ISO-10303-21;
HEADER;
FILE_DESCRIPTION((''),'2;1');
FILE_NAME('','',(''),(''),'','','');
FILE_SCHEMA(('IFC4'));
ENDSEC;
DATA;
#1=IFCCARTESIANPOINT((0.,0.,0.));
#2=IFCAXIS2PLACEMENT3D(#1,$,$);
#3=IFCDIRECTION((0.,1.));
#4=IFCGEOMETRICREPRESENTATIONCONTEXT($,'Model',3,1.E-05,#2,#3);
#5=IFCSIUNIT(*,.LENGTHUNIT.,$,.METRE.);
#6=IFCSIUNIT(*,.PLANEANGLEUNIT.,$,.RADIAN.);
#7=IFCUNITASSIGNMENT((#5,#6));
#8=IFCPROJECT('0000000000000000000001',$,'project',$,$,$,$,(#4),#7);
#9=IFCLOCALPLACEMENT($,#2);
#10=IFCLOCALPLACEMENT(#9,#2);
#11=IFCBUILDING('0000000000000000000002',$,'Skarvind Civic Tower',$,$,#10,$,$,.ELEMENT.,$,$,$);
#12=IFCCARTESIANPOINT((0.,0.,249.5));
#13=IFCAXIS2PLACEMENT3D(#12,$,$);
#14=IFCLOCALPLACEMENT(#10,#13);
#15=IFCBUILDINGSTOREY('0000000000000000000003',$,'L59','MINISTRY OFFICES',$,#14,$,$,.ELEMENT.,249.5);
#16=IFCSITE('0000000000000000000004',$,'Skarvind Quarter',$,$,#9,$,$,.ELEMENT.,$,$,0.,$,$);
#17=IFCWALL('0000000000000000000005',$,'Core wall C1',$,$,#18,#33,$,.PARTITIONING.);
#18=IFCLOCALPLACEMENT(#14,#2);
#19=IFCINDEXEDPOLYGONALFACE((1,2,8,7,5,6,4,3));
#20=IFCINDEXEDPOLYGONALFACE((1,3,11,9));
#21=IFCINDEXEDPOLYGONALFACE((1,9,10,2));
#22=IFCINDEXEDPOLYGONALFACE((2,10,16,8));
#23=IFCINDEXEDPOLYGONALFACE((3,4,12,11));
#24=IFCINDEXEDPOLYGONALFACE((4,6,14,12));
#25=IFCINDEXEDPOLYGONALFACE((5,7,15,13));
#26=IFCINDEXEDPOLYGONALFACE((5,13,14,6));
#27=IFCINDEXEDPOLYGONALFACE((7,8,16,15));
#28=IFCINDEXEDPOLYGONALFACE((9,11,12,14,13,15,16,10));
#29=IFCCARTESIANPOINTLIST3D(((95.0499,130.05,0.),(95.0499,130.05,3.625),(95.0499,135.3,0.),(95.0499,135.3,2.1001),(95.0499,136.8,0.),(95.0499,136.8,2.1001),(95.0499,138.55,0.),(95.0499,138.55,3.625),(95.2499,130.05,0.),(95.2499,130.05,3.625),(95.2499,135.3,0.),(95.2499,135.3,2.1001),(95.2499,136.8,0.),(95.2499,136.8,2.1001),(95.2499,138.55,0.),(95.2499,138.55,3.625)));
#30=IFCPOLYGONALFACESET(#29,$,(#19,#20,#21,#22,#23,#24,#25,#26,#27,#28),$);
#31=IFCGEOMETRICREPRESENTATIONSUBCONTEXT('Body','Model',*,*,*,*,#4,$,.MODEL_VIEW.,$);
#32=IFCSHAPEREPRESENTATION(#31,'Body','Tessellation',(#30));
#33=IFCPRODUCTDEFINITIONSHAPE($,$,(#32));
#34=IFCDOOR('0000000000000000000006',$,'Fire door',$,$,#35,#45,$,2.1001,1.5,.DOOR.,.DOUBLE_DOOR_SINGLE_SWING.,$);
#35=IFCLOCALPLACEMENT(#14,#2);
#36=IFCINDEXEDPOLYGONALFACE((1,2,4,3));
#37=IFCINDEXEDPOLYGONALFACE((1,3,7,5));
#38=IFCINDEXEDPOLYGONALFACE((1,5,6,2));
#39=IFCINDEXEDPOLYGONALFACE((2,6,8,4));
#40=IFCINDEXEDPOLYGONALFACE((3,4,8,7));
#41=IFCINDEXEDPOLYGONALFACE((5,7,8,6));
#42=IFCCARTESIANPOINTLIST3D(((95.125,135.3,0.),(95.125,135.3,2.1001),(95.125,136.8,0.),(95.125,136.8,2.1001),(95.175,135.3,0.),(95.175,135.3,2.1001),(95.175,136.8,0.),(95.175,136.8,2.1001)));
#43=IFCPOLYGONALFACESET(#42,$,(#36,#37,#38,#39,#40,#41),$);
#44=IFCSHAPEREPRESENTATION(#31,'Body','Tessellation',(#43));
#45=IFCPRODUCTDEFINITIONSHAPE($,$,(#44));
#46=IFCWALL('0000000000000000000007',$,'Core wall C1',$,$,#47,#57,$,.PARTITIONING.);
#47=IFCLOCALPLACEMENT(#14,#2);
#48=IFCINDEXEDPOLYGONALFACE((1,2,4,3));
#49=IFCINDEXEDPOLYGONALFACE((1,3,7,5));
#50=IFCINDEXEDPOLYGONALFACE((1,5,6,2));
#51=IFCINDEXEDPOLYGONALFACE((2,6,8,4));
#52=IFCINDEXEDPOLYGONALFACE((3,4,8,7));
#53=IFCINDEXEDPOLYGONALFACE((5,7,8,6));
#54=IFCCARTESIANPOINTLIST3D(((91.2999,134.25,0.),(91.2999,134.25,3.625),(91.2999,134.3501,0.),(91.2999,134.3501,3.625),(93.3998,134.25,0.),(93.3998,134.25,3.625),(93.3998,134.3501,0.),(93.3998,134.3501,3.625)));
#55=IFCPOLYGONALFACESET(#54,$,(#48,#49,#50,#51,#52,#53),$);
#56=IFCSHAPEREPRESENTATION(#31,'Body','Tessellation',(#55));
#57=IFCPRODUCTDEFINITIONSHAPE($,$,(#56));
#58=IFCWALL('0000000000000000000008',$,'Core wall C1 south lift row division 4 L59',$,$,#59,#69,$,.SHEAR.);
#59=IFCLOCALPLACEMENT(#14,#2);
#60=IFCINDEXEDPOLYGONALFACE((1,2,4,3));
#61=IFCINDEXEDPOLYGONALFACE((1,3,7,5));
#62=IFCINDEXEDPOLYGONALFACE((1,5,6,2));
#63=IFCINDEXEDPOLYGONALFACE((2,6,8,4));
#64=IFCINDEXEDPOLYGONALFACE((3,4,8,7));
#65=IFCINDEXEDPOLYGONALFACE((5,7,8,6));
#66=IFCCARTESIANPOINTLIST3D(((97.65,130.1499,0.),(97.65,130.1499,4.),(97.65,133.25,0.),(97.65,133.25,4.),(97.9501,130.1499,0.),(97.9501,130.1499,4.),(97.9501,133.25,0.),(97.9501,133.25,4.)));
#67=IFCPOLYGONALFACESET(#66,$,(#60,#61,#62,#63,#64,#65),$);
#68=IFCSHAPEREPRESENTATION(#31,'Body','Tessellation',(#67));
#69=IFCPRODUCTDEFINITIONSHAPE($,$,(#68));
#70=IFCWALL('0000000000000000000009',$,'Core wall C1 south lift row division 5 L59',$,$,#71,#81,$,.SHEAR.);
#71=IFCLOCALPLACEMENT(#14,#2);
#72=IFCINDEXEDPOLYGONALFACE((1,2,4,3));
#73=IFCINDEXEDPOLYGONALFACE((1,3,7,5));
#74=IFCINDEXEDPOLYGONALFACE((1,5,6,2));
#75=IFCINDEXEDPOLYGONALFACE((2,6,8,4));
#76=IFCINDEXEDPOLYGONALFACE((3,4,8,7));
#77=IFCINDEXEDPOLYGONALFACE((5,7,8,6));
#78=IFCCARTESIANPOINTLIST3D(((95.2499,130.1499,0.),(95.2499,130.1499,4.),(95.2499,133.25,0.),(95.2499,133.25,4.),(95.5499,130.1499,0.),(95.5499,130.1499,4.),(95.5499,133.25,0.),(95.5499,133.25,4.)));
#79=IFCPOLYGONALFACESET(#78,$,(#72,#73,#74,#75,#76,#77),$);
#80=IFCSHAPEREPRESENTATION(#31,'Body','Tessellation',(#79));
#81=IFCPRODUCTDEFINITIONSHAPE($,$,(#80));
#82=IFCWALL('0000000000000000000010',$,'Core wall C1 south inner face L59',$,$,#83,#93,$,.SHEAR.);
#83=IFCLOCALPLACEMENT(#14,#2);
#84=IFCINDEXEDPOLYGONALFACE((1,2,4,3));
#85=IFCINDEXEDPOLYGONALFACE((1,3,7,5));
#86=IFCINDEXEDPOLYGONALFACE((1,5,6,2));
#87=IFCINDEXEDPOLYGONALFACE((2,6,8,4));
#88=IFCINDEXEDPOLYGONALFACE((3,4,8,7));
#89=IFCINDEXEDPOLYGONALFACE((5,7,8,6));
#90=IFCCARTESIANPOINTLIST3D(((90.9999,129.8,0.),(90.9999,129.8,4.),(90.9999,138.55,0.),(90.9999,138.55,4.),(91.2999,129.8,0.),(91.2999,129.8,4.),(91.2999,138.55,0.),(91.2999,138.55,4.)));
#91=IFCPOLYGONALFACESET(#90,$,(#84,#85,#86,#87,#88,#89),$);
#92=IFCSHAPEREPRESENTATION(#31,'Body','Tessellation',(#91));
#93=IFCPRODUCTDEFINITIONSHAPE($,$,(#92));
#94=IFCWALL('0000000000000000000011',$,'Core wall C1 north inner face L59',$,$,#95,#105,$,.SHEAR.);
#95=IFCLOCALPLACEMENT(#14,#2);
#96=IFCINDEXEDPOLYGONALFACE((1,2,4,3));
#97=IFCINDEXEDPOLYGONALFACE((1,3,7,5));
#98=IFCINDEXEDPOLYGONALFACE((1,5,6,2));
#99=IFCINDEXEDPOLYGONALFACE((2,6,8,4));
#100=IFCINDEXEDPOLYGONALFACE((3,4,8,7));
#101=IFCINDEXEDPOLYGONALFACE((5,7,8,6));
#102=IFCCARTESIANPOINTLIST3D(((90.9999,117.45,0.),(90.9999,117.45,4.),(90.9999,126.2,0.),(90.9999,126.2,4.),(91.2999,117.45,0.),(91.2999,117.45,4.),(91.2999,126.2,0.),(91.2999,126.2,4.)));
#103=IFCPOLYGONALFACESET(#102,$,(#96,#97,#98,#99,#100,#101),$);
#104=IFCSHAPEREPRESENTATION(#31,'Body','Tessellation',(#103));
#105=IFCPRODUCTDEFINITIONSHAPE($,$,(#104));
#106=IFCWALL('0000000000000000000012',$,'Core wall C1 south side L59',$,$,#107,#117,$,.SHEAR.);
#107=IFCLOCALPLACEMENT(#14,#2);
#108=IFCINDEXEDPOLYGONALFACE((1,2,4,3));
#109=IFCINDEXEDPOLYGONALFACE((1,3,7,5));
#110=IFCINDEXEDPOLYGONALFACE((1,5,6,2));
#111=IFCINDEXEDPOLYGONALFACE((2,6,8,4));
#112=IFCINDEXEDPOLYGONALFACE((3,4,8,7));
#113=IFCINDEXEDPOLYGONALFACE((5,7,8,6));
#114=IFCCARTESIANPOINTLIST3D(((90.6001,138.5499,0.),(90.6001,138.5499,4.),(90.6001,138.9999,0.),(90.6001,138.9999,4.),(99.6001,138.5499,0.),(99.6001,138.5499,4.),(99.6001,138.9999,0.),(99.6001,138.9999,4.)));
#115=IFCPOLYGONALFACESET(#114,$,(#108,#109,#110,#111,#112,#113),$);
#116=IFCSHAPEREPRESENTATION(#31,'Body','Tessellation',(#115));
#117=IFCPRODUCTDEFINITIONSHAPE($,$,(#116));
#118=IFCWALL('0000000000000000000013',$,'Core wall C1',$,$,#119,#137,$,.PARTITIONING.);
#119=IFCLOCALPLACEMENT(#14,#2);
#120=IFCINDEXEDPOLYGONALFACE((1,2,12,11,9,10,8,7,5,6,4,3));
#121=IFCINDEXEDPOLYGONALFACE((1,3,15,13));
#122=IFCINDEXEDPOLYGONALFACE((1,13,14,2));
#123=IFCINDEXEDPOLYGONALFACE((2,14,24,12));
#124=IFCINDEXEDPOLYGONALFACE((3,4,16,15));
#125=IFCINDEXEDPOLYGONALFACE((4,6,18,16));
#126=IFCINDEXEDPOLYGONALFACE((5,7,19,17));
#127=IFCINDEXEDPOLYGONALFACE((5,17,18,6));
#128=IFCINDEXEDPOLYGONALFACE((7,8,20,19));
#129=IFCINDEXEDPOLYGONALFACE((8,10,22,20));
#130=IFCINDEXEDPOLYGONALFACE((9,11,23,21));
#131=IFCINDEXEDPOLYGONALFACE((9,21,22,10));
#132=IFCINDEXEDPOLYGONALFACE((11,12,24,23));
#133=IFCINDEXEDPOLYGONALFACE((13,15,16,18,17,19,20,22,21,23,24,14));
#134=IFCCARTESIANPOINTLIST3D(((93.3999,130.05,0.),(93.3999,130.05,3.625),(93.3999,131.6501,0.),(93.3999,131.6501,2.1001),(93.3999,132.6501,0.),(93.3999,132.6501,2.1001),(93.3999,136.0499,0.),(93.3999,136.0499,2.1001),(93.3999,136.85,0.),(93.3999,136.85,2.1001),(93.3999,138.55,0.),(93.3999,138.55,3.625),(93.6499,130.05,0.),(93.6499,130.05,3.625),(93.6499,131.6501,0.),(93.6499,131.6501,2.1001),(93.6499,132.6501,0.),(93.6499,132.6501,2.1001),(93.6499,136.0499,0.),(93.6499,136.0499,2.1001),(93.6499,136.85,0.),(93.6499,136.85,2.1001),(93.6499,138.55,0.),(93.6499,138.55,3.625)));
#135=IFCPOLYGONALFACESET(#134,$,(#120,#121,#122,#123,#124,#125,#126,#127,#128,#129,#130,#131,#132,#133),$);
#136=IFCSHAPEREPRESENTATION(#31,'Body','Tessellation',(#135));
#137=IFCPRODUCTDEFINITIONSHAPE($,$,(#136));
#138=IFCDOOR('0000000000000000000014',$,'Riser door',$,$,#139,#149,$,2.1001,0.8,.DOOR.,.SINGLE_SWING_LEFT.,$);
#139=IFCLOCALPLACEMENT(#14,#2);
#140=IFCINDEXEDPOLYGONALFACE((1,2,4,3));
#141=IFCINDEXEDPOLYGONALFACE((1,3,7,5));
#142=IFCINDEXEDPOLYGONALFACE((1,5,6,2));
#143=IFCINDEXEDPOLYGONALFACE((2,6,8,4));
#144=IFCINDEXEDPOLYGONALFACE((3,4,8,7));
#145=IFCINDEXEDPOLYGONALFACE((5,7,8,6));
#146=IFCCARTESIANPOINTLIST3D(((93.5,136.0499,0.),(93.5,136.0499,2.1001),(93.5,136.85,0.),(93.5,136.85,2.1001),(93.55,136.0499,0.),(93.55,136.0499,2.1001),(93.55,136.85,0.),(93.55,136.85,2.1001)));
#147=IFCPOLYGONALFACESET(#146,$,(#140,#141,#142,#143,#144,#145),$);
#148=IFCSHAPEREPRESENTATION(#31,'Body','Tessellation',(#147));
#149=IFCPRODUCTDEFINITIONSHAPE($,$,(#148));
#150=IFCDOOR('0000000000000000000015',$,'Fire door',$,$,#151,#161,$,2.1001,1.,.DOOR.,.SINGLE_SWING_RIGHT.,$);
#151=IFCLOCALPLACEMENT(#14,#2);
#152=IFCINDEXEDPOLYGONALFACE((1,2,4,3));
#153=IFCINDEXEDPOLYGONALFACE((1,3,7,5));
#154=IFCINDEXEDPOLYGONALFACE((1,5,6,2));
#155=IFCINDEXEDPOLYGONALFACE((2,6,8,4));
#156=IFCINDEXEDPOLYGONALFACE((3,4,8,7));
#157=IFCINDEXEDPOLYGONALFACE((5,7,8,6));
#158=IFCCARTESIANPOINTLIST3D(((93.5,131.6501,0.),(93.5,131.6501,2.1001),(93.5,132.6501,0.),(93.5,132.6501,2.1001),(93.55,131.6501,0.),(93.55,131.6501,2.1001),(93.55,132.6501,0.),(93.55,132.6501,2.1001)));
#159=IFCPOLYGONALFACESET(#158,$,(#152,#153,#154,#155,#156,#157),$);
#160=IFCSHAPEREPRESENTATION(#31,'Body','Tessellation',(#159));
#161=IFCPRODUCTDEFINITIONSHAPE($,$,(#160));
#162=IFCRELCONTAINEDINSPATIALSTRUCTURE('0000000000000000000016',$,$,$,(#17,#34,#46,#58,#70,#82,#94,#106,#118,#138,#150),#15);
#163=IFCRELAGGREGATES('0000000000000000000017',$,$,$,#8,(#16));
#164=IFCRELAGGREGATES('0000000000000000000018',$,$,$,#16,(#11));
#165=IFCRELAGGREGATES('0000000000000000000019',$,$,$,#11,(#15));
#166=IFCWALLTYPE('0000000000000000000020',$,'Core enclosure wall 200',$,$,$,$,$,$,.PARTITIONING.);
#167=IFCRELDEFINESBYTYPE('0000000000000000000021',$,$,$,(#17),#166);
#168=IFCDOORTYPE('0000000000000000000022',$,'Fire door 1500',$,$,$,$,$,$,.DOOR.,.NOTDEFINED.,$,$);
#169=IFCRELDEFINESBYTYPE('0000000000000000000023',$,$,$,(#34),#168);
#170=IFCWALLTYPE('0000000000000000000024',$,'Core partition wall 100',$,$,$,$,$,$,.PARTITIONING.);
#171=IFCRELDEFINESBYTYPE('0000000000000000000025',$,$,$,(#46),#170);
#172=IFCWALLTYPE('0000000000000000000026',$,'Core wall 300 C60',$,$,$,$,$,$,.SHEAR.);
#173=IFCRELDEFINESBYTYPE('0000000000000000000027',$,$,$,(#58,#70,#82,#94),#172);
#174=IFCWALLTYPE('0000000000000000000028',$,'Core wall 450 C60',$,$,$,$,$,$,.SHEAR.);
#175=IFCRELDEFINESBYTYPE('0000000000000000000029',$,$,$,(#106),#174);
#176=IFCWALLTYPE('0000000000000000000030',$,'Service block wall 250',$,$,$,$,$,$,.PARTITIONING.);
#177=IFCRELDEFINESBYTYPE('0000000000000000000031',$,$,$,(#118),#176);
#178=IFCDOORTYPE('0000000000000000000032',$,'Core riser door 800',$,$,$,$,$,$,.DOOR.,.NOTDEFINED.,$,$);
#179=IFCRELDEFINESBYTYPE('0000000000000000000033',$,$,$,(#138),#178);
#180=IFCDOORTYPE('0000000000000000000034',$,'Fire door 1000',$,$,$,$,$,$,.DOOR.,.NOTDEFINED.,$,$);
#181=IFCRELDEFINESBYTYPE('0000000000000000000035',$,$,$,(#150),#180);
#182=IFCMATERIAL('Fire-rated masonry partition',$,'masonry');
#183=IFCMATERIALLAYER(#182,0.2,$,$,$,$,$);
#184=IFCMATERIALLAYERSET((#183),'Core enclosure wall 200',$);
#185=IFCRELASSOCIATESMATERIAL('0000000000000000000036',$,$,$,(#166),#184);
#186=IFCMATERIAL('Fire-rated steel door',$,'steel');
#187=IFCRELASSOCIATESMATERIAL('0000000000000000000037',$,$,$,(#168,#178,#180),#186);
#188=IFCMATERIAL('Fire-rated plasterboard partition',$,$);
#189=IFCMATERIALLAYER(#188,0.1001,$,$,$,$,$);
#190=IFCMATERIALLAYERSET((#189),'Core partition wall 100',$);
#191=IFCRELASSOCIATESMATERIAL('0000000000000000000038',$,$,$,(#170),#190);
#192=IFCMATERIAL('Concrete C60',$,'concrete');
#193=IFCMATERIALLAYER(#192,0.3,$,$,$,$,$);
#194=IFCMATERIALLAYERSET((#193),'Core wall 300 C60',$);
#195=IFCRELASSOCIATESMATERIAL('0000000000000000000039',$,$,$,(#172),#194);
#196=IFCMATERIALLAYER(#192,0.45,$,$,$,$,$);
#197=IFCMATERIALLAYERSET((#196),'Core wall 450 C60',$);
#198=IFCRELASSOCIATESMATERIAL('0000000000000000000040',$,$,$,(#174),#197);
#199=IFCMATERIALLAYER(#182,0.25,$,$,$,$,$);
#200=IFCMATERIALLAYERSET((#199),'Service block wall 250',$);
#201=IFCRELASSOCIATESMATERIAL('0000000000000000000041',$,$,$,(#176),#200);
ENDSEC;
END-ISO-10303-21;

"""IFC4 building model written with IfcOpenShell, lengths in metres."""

from ifc_helpers import new_model, si_unit, direction, frame, frame_2d, origin, place, context, subcontext, project, spatial, rectangle, extrude, material, layer, layer_set, type_object, element, fill, save


model = new_model("IFC4")

# Units and contexts
model_context = context("Model", 3, precision=1e-05, world=origin(), true_north=direction((0.0, 1.0)))
body_context = subcontext(model_context, "Body", "Model", "MODEL_VIEW")
ifc_project = project(units=[si_unit("LENGTHUNIT", "METRE"), si_unit("PLANEANGLEUNIT", "RADIAN")], contexts=[model_context])

# Site, building, storey
site_placement = place(None, origin())
site = spatial("IfcSite", under=ifc_project, at=site_placement, Name="Skarvind Quarter", CompositionType="ELEMENT", RefElevation=0.0)
building_placement = place(site_placement, origin())
building = spatial("IfcBuilding", under=site, at=building_placement, Name="Skarvind Civic Tower", CompositionType="ELEMENT")
storey_placement = place(building_placement, frame((0.0, 0.0, 249.5)))
storey = spatial("IfcBuildingStorey", under=building, at=storey_placement, Name="L59", Description="MINISTRY OFFICES", CompositionType="ELEMENT", Elevation=249.5)

# Shared definitions
ifc_material_1 = material(Name="Concrete C60", Category="concrete")

# Wall, opening, door
ifc_material_2 = material(Name="Fire-rated masonry partition", Category="masonry")
ifc_layer_1 = layer(ifc_material_2, 0.2)
ifc_layer_set_1 = layer_set([ifc_layer_1], Name="Core enclosure wall 200")
wall_type_1 = type_object("IfcWallType", Name="Core enclosure wall 200", PredefinedType="PARTITIONING", material=ifc_layer_set_1)
ifc_material_3 = material(Name="Fire-rated steel door", Category="steel")
wall_1_placement = place(storey_placement, frame((95.1499, 130.05, 0.0), z_axis=(0.0, 0.0, 1.0), x_axis=(0.0, 1.0, 0.0)))
wall_1 = element("IfcWall", 1, at=wall_1_placement, inside=storey, type_object=wall_type_1, Name="Core wall C1", PredefinedType="PARTITIONING", context=body_context, shape_type="SweptSolid", body=[
    extrude(rectangle(XDim=8.5, YDim=0.2, at=frame_2d((4.25, 0.0))), origin(), (0.0, 0.0, 1.0), 3.625),
])
opening_1_placement = place(wall_1_placement, frame((5.25, 0.0, 0.0)))
opening_1 = element("IfcOpeningElement", 2, at=opening_1_placement, cuts=wall_1, PredefinedType="OPENING", context=body_context, shape_type="SweptSolid", body=[
    extrude(rectangle(XDim=1.5, YDim=2.1001, at=frame_2d((0.75, 1.05))), frame((0.0, 0.1099, 0.0), z_axis=(0.0, -1.0, 0.0), x_axis=(1.0, 0.0, 0.0)), (0.0, 0.0, 1.0), 0.22),
])
door_type_1 = type_object("IfcDoorType", Name="Fire door 1500", OperationType="NOTDEFINED", PredefinedType="DOOR", material=ifc_material_3)
door_1_placement = place(opening_1_placement, origin())
door_1 = element("IfcDoor", 3, at=door_1_placement, inside=storey, type_object=door_type_1, Name="Fire door", OperationType="DOUBLE_DOOR_SINGLE_SWING", OverallHeight=2.1001, OverallWidth=1.5, PredefinedType="DOOR", context=body_context, shape_type="SweptSolid", body=[
    extrude(rectangle(XDim=1.5, YDim=2.1001, at=frame_2d((0.75, 1.05))), frame((0.0, 0.0249, 0.0), z_axis=(0.0, -1.0, 0.0), x_axis=(1.0, 0.0, 0.0)), (0.0, 0.0, 1.0), 0.05),
])
fill(opening_1, door_1)

# Walls
ifc_material_4 = material(Name="Fire-rated plasterboard partition")
ifc_layer_2 = layer(ifc_material_4, 0.1001)
ifc_layer_set_2 = layer_set([ifc_layer_2], Name="Core partition wall 100")
wall_type_2 = type_object("IfcWallType", Name="Core partition wall 100", PredefinedType="PARTITIONING", material=ifc_layer_set_2)
wall_2_placement = place(storey_placement, frame((91.3, 134.3, 0.0), z_axis=(0.0, 0.0, 1.0), x_axis=(1.0, 0.0, 0.0)))
element("IfcWall", 4, at=wall_2_placement, inside=storey, type_object=wall_type_2, Name="Core wall C1", PredefinedType="PARTITIONING", context=body_context, shape_type="SweptSolid", body=[
    extrude(rectangle(XDim=2.0999, YDim=0.1001, at=frame_2d((1.0498, 0.0))), origin(), (0.0, 0.0, 1.0), 3.625),
])
ifc_layer_3 = layer(ifc_material_1, 0.3)
ifc_layer_set_3 = layer_set([ifc_layer_3], Name="Core wall 300 C60")
wall_type_3 = type_object("IfcWallType", Name="Core wall 300 C60", PredefinedType="SHEAR", material=ifc_layer_set_3)
for number, where, z_axis, x_axis, name in (
    (5, (97.8, 133.25, 0.0), (0.0, 0.0, 1.0), (0.0, -1.0, 0.0), "Core wall C1 south lift row division 4 L59"),
    (6, (95.3999, 133.25, 0.0), (0.0, 0.0, 1.0), (0.0, -1.0, 0.0), "Core wall C1 south lift row division 5 L59"),
):
    element("IfcWall", number, at=place(storey_placement, frame(where, z_axis=z_axis, x_axis=x_axis)), inside=storey, type_object=wall_type_3, Name=name, PredefinedType="SHEAR", context=body_context, shape_type="SweptSolid", body=[
        extrude(rectangle(XDim=3.1001, YDim=0.3, at=frame_2d((1.55, 0.0))), origin(), (0.0, 0.0, 1.0), 4.0),
    ])
for number, where, z_axis, x_axis, name in (
    (7, (91.1499, 138.55, 0.0), (0.0, 0.0, 1.0), (0.0, -1.0, 0.0), "Core wall C1 south inner face L59"),
    (8, (91.1499, 126.2, 0.0), (0.0, 0.0, 1.0), (0.0, -1.0, 0.0), "Core wall C1 north inner face L59"),
):
    element("IfcWall", number, at=place(storey_placement, frame(where, z_axis=z_axis, x_axis=x_axis)), inside=storey, type_object=wall_type_3, Name=name, PredefinedType="SHEAR", context=body_context, shape_type="SweptSolid", body=[
        extrude(rectangle(XDim=8.75, YDim=0.3, at=frame_2d((4.375, 0.0))), origin(), (0.0, 0.0, 1.0), 4.0),
    ])
ifc_layer_4 = layer(ifc_material_1, 0.45)
ifc_layer_set_4 = layer_set([ifc_layer_4], Name="Core wall 450 C60")
wall_type_4 = type_object("IfcWallType", Name="Core wall 450 C60", PredefinedType="SHEAR", material=ifc_layer_set_4)
wall_3_placement = place(storey_placement, frame((99.6001, 138.7749, 0.0), z_axis=(0.0, 0.0, 1.0), x_axis=(-1.0, 0.0, 0.0)))
element("IfcWall", 9, at=wall_3_placement, inside=storey, type_object=wall_type_4, Name="Core wall C1 south side L59", PredefinedType="SHEAR", context=body_context, shape_type="SweptSolid", body=[
    extrude(rectangle(XDim=9.0, YDim=0.45, at=frame_2d((4.5, 0.0))), origin(), (0.0, 0.0, 1.0), 4.0),
])

# Wall, openings, doors
ifc_layer_5 = layer(ifc_material_2, 0.25)
ifc_layer_set_5 = layer_set([ifc_layer_5], Name="Service block wall 250")
wall_type_5 = type_object("IfcWallType", Name="Service block wall 250", PredefinedType="PARTITIONING", material=ifc_layer_set_5)
wall_4_placement = place(storey_placement, frame((93.5249, 130.05, 0.0), z_axis=(0.0, 0.0, 1.0), x_axis=(0.0, 1.0, 0.0)))
wall_4 = element("IfcWall", 10, at=wall_4_placement, inside=storey, type_object=wall_type_5, Name="Core wall C1", PredefinedType="PARTITIONING", context=body_context, shape_type="SweptSolid", body=[
    extrude(rectangle(XDim=8.5, YDim=0.25, at=frame_2d((4.25, 0.0))), origin(), (0.0, 0.0, 1.0), 3.625),
])
opening_2_placement = place(wall_4_placement, frame((1.6001, 0.0, 0.0)))
opening_2 = element("IfcOpeningElement", 11, at=opening_2_placement, cuts=wall_4, PredefinedType="OPENING", context=body_context, shape_type="SweptSolid", body=[
    extrude(rectangle(XDim=1.0, YDim=2.1001, at=frame_2d((0.5, 1.05))), frame((0.0, 0.135, 0.0), z_axis=(0.0, -1.0, 0.0), x_axis=(1.0, 0.0, 0.0)), (0.0, 0.0, 1.0), 0.27),
])
opening_3_placement = place(wall_4_placement, frame((6.0, 0.0, 0.0)))
opening_3 = element("IfcOpeningElement", 12, at=opening_3_placement, cuts=wall_4, PredefinedType="OPENING", context=body_context, shape_type="SweptSolid", body=[
    extrude(rectangle(XDim=0.8, YDim=2.1001, at=frame_2d((0.3999, 1.05))), frame((0.0, 0.135, 0.0), z_axis=(0.0, -1.0, 0.0), x_axis=(1.0, 0.0, 0.0)), (0.0, 0.0, 1.0), 0.27),
])
door_type_2 = type_object("IfcDoorType", Name="Core riser door 800", OperationType="NOTDEFINED", PredefinedType="DOOR", material=ifc_material_3)
door_2_placement = place(opening_3_placement, origin())
door_2 = element("IfcDoor", 13, at=door_2_placement, inside=storey, type_object=door_type_2, Name="Riser door", OperationType="SINGLE_SWING_LEFT", OverallHeight=2.1001, OverallWidth=0.8, PredefinedType="DOOR", context=body_context, shape_type="SweptSolid", body=[
    extrude(rectangle(XDim=0.8, YDim=2.1001, at=frame_2d((0.3999, 1.05))), frame((0.0, 0.0249, 0.0), z_axis=(0.0, -1.0, 0.0), x_axis=(1.0, 0.0, 0.0)), (0.0, 0.0, 1.0), 0.05),
])
fill(opening_3, door_2)
door_type_3 = type_object("IfcDoorType", Name="Fire door 1000", OperationType="NOTDEFINED", PredefinedType="DOOR", material=ifc_material_3)
door_3_placement = place(opening_2_placement, origin())
door_3 = element("IfcDoor", 14, at=door_3_placement, inside=storey, type_object=door_type_3, Name="Fire door", OperationType="SINGLE_SWING_RIGHT", OverallHeight=2.1001, OverallWidth=1.0, PredefinedType="DOOR", context=body_context, shape_type="SweptSolid", body=[
    extrude(rectangle(XDim=1.0, YDim=2.1001, at=frame_2d((0.5, 1.05))), frame((0.0, 0.0249, 0.0), z_axis=(0.0, -1.0, 0.0), x_axis=(1.0, 0.0, 0.0)), (0.0, 0.0, 1.0), 0.05),
])
fill(opening_2, door_3)

save(model, "model.ifc")
